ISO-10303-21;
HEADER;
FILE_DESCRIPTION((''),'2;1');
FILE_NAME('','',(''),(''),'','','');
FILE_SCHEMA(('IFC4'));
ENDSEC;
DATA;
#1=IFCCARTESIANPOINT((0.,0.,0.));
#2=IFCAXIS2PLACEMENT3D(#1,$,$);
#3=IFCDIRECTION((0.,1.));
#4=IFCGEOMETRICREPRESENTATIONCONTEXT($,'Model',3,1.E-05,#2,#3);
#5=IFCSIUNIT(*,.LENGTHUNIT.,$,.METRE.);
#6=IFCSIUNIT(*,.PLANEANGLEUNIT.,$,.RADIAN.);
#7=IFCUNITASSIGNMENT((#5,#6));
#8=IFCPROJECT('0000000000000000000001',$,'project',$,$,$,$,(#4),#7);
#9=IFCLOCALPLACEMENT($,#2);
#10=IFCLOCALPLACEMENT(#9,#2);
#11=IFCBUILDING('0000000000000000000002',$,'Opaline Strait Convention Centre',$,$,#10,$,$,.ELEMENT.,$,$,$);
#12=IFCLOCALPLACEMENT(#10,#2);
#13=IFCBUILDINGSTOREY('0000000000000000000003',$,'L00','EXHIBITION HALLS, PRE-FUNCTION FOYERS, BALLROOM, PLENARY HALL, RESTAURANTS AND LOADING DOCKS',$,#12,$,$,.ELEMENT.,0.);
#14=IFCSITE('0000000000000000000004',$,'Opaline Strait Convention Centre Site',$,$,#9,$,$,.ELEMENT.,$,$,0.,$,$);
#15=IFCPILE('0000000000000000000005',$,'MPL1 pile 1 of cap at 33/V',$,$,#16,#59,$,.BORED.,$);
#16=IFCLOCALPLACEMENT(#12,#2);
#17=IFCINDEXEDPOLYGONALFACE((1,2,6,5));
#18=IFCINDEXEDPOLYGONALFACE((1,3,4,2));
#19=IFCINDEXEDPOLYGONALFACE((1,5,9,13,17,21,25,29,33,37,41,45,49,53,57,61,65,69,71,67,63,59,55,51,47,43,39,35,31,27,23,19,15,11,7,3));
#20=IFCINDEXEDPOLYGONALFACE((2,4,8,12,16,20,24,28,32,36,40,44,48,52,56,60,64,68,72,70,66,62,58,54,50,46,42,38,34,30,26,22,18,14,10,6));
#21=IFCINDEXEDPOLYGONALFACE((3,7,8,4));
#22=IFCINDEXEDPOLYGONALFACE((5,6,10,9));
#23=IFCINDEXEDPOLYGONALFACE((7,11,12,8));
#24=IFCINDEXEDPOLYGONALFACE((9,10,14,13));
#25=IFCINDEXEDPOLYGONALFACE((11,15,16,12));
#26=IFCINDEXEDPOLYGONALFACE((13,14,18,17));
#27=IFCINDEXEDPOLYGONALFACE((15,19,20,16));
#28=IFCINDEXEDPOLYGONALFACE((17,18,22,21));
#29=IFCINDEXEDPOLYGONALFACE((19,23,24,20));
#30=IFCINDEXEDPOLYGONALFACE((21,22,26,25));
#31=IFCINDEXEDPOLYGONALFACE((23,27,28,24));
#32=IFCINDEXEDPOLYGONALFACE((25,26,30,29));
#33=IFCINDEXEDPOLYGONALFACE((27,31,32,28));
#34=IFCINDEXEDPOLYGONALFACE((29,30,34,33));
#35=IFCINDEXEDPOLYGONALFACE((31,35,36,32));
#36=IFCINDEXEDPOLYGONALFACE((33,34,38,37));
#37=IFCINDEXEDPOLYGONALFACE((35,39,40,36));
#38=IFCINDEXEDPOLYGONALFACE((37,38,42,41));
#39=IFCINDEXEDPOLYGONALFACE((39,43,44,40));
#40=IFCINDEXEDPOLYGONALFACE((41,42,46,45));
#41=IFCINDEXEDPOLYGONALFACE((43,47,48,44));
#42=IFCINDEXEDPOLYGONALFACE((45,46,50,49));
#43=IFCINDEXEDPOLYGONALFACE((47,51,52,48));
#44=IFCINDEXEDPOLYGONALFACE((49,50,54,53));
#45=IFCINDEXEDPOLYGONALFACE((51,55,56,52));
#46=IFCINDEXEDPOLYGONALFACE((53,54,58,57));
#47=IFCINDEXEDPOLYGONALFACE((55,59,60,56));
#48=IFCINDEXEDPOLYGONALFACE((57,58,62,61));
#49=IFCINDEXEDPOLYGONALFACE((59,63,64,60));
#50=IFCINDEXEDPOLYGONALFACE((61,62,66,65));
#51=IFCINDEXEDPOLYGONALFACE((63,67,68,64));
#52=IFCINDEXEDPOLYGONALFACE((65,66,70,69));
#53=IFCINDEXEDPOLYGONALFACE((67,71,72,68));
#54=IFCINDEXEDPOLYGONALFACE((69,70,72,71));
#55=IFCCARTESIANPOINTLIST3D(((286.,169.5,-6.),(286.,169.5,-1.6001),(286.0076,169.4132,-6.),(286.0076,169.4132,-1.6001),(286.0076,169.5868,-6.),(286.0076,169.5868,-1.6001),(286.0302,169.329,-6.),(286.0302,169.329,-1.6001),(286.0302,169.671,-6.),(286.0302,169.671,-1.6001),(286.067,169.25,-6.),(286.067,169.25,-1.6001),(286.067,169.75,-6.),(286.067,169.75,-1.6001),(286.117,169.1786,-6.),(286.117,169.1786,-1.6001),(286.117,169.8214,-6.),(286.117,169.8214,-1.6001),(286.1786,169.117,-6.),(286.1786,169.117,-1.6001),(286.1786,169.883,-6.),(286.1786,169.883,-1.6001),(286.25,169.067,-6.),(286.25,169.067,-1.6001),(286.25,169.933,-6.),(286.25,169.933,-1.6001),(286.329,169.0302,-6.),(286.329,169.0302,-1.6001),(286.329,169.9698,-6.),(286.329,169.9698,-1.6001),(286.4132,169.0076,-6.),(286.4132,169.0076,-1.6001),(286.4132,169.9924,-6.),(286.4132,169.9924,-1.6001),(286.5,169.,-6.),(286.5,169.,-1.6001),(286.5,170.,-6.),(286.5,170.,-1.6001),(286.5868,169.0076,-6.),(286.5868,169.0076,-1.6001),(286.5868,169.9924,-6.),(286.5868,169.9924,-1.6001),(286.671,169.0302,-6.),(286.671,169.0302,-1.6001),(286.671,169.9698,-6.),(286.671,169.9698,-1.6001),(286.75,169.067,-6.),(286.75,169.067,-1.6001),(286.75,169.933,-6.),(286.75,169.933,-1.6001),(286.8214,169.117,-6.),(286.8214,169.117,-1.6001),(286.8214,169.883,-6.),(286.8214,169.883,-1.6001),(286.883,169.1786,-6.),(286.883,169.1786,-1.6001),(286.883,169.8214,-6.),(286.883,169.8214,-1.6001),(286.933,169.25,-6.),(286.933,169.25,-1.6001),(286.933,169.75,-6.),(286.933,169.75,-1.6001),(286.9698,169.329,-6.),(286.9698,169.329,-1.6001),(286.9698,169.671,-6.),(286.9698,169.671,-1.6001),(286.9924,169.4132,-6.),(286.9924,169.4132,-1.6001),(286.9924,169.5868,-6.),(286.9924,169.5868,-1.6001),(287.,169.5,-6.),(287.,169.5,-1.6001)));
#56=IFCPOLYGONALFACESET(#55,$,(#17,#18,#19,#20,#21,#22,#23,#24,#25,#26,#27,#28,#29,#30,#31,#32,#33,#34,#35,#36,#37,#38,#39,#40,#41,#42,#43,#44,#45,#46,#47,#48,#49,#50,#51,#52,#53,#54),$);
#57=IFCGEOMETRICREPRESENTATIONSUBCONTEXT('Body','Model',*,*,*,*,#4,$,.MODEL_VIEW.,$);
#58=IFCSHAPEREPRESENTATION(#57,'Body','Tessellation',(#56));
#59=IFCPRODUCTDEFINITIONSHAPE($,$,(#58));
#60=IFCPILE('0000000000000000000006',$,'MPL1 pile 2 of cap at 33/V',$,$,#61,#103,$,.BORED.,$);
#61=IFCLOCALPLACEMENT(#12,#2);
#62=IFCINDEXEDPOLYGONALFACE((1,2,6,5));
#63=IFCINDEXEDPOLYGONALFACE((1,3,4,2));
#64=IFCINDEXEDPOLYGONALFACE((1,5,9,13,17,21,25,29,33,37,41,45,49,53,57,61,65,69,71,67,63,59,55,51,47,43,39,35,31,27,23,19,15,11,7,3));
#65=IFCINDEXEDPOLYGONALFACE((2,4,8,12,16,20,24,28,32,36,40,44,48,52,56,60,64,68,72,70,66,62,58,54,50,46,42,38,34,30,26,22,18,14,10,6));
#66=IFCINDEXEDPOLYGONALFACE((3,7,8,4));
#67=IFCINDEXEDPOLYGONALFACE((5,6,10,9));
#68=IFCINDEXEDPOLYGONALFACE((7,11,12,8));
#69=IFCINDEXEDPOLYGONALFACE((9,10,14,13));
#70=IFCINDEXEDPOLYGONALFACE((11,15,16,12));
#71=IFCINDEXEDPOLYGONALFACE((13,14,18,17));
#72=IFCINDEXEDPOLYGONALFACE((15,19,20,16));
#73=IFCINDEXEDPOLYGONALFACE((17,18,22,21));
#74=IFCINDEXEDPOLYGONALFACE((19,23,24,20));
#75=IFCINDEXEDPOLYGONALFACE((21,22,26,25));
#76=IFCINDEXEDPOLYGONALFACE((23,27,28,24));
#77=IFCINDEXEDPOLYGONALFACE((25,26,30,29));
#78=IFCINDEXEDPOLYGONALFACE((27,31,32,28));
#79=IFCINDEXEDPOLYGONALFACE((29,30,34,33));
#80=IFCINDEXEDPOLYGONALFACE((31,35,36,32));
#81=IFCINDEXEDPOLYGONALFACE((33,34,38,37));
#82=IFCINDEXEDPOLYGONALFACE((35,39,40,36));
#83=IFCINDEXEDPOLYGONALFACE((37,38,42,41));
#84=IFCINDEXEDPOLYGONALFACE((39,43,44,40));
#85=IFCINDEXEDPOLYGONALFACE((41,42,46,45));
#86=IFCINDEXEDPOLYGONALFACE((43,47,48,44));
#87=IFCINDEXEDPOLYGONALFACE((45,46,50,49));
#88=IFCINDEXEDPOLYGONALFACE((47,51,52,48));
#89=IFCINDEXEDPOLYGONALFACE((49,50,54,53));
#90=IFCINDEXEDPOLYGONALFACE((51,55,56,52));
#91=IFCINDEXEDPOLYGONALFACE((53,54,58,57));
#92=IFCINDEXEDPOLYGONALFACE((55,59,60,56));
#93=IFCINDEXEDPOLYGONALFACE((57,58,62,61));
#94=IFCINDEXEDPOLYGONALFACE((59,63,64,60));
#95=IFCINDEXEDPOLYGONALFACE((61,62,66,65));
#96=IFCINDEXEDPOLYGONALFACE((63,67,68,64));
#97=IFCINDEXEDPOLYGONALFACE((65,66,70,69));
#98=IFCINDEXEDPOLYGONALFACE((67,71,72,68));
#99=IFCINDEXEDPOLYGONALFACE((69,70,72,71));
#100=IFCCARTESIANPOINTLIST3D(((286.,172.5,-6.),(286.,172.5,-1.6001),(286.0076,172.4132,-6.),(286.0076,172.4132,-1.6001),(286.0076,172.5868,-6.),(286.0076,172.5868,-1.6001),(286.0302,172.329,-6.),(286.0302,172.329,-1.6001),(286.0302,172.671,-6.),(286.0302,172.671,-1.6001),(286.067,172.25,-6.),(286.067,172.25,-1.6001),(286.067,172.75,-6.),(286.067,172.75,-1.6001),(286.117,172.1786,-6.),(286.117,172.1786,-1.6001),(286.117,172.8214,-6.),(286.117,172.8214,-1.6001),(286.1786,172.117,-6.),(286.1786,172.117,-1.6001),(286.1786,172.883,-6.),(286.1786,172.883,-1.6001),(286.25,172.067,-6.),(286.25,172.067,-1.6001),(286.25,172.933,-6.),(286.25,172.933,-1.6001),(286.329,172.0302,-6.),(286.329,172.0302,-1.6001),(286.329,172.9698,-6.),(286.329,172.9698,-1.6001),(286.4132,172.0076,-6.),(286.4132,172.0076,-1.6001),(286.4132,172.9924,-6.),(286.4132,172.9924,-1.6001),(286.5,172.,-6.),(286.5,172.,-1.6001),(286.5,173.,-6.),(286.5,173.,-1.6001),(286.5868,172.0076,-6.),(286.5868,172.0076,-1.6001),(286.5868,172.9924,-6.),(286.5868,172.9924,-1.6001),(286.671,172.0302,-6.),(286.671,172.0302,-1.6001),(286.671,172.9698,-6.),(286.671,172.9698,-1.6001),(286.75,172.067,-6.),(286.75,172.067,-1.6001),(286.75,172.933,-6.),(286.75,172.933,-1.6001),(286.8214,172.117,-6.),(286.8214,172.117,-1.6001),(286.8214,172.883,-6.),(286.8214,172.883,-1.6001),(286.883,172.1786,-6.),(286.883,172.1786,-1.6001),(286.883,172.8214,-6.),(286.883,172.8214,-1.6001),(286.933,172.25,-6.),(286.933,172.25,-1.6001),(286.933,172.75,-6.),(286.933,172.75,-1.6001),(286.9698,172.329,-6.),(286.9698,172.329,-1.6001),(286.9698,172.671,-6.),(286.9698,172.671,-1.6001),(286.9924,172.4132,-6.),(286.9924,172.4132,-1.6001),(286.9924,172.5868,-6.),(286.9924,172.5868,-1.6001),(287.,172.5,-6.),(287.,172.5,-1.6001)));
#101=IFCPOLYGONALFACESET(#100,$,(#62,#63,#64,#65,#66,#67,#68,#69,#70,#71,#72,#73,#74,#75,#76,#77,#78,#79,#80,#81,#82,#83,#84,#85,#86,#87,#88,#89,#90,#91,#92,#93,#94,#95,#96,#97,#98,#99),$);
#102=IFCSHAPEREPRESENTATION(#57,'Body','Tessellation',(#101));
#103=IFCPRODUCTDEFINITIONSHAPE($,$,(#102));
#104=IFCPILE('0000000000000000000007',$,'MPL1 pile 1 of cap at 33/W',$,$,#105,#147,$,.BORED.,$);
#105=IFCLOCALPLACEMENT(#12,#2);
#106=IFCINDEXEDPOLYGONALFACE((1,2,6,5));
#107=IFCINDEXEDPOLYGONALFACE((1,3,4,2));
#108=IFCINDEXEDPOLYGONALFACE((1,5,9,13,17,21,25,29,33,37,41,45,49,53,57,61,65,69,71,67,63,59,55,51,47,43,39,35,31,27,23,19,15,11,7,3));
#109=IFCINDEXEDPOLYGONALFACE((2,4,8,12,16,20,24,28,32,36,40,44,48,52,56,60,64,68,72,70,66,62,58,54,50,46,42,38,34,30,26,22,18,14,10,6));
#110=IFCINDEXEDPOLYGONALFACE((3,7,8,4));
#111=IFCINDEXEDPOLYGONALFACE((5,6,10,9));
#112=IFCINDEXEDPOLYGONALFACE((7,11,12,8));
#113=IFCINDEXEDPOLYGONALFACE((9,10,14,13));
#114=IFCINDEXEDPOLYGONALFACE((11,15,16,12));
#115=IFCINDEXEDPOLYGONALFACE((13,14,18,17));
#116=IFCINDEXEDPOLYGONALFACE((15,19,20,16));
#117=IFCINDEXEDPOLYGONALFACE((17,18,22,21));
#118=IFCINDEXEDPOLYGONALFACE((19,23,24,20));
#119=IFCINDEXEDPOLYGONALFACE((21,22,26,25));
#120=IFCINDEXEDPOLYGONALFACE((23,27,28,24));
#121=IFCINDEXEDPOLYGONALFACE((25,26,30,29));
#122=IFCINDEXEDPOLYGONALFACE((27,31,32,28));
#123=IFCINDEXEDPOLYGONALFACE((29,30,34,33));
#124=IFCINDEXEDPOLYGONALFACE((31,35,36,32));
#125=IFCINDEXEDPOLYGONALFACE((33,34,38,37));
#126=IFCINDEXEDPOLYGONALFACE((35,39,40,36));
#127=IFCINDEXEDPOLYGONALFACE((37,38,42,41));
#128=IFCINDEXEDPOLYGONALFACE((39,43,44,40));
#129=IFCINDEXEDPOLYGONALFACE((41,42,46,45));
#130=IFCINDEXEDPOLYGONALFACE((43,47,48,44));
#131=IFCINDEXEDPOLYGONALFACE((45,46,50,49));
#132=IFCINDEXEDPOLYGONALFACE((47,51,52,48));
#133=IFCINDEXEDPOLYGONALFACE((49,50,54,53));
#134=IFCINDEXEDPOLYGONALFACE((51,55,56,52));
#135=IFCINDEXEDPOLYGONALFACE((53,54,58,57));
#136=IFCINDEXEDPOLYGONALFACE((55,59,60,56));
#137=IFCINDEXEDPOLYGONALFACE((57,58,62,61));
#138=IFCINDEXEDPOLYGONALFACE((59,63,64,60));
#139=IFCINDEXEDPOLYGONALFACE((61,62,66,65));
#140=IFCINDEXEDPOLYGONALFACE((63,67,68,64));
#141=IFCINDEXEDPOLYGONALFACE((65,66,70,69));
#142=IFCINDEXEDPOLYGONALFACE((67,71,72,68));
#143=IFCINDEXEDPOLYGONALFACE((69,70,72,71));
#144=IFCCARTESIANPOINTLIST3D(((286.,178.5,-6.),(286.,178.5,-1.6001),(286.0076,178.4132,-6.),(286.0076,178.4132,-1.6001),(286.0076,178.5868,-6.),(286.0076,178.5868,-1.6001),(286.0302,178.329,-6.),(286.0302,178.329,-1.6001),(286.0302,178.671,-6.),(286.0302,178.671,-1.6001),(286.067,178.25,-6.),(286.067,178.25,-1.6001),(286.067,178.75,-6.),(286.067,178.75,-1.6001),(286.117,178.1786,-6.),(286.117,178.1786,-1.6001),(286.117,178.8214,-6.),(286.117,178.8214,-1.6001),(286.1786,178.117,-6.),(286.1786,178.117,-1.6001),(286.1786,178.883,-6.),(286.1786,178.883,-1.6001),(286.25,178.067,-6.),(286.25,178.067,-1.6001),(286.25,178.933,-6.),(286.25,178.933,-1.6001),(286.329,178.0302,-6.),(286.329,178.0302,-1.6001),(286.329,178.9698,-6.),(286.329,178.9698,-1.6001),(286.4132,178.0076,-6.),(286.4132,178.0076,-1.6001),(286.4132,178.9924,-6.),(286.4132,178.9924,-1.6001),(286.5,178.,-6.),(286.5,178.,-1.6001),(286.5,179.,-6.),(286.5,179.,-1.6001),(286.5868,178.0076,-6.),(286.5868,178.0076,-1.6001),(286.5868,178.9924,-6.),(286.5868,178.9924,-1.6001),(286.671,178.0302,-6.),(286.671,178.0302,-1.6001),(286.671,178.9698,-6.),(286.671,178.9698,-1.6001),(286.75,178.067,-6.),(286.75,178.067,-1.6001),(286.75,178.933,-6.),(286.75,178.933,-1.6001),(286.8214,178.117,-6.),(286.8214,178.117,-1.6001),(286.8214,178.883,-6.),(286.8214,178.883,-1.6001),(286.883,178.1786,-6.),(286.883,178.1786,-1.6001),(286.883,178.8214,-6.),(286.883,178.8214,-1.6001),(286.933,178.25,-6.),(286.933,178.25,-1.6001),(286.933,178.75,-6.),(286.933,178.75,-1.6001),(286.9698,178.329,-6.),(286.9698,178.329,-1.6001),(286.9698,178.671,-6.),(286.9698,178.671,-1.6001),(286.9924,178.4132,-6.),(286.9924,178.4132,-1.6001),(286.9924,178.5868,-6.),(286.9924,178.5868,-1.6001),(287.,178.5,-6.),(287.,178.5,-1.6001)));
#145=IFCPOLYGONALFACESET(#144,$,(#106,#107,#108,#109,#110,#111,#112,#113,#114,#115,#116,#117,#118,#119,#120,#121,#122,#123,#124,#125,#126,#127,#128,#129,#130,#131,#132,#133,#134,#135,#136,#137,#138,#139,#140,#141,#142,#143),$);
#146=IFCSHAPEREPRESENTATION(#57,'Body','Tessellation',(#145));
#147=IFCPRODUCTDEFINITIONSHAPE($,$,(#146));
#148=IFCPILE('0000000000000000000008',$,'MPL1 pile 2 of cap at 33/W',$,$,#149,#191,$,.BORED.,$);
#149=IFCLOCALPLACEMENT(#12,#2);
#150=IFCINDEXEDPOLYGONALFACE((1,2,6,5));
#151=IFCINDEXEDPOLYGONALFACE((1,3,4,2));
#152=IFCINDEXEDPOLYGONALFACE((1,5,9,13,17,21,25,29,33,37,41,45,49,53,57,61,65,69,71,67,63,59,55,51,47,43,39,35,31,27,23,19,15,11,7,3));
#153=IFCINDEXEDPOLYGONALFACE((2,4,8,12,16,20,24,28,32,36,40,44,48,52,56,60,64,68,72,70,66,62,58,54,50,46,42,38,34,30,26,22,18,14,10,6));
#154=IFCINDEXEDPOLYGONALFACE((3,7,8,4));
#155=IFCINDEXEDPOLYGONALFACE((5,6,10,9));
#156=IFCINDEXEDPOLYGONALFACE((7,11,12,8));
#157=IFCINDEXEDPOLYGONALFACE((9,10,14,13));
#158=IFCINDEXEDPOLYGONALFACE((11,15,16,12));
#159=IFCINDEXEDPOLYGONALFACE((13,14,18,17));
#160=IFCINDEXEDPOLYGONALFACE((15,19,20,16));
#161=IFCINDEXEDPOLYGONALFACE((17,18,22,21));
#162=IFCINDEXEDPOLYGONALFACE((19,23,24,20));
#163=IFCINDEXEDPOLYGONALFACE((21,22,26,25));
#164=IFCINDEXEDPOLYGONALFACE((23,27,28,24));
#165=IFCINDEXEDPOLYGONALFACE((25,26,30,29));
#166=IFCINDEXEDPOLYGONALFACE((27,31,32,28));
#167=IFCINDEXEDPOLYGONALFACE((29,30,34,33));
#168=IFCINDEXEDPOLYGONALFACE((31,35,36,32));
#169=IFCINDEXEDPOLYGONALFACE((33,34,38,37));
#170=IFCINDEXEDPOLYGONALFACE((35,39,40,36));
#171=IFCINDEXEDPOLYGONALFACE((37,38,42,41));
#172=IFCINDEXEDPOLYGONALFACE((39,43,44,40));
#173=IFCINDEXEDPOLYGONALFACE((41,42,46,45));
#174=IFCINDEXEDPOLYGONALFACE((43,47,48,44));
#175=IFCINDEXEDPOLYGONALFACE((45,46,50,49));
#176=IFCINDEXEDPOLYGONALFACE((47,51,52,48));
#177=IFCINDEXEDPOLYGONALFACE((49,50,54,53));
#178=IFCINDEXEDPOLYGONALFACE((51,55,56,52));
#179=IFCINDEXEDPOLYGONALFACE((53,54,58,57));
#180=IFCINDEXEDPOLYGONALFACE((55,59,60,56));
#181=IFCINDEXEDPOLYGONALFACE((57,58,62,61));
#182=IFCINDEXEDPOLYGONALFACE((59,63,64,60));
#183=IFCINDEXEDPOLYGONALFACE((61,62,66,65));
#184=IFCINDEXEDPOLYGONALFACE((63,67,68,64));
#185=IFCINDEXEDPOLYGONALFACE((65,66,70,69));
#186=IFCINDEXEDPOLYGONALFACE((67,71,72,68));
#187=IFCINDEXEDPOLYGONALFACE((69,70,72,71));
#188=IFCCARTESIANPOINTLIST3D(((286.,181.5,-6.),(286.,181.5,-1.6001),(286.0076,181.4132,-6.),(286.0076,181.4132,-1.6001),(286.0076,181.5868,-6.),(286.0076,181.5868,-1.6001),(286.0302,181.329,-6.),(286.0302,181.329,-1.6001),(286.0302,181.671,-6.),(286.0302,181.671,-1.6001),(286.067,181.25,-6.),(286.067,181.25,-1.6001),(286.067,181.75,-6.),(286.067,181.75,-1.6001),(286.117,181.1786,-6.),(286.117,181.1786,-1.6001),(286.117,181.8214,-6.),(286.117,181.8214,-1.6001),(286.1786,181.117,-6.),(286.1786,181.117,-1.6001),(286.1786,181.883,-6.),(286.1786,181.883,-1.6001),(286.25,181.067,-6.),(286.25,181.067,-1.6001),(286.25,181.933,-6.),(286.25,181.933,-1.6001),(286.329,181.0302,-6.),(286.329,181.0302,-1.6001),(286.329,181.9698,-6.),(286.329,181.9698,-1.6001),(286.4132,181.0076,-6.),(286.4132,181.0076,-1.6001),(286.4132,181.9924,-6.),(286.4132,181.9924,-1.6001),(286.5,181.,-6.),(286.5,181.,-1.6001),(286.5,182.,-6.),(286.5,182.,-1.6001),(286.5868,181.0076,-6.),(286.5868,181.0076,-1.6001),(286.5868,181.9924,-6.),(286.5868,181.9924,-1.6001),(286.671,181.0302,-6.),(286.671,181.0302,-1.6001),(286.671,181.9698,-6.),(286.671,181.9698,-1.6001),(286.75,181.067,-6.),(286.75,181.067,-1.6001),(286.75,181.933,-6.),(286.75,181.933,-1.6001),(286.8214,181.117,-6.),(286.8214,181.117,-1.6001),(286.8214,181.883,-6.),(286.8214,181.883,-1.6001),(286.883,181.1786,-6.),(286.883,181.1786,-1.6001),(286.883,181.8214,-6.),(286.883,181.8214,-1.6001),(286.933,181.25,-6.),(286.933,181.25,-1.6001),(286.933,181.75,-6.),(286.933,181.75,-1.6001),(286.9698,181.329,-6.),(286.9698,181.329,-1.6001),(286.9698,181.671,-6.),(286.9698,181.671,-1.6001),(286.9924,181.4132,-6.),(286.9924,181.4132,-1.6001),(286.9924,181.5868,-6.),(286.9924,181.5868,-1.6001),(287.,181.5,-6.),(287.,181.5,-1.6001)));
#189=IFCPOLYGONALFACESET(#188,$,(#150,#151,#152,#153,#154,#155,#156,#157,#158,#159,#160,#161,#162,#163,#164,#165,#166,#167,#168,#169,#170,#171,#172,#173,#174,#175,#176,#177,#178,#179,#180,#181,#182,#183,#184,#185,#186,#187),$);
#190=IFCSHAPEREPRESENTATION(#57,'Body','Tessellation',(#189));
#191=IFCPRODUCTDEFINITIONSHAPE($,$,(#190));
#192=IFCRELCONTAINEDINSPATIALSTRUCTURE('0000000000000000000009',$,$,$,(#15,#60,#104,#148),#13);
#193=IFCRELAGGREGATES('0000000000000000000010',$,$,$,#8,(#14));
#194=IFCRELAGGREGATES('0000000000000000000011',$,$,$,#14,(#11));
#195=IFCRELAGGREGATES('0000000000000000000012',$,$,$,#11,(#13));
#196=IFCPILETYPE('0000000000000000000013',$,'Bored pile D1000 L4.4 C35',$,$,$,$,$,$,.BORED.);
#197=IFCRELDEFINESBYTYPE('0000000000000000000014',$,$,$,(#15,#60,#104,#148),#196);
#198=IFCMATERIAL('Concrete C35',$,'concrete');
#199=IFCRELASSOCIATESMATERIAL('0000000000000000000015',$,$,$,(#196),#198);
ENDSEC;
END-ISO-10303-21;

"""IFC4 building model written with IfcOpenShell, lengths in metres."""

from ifc_helpers import new_model, si_unit, direction, frame, origin, origin_2d, place, context, subcontext, project, spatial, circle, extrude, material, material_profile, profile_set, type_object, element, save


model = new_model("IFC4")

# Units and contexts
model_context = context("Model", 3, precision=1e-05, world=origin(), true_north=direction((0.0, 1.0)))
body_context = subcontext(model_context, "Body", "Model", "MODEL_VIEW")
ifc_project = project(units=[si_unit("LENGTHUNIT", "METRE"), si_unit("PLANEANGLEUNIT", "RADIAN")], contexts=[model_context])

# Site, building, storey
site_placement = place(None, origin())
site = spatial("IfcSite", under=ifc_project, at=site_placement, Name="Opaline Strait Convention Centre Site", CompositionType="ELEMENT", RefElevation=0.0)
building_placement = place(site_placement, origin())
building = spatial("IfcBuilding", under=site, at=building_placement, Name="Opaline Strait Convention Centre", CompositionType="ELEMENT")
storey_placement = place(building_placement, origin())
storey = spatial("IfcBuildingStorey", under=building, at=storey_placement, Name="L00", Description="EXHIBITION HALLS, PRE-FUNCTION FOYERS, BALLROOM, PLENARY HALL, RESTAURANTS AND LOADING DOCKS", CompositionType="ELEMENT", Elevation=0.0)

# Piles
ifc_material_1 = material(Name="Concrete C35", Category="concrete")
ifc_material_profile = material_profile(ifc_material_1, circle(Radius=0.5, at=origin_2d()), Name="D1000")
ifc_profile_set = profile_set([ifc_material_profile], Name="Concrete C35")
pile_type = type_object("IfcPileType", Name="Bored pile D1000 L4.4 C35", PredefinedType="BORED", material=ifc_profile_set)
for number, where, z_axis, x_axis, name in (
    (1, (286.5, 169.5, -1.6001), (0.0, 0.0, -1.0), (1.0, 0.0, 0.0), "MPL1 pile 1 of cap at 33/V"),
    (2, (286.5, 172.5, -1.6001), (0.0, 0.0, -1.0), (1.0, 0.0, 0.0), "MPL1 pile 2 of cap at 33/V"),
    (3, (286.5, 178.5, -1.6001), (0.0, 0.0, -1.0), (1.0, 0.0, 0.0), "MPL1 pile 1 of cap at 33/W"),
    (4, (286.5, 181.5, -1.6001), (0.0, 0.0, -1.0), (1.0, 0.0, 0.0), "MPL1 pile 2 of cap at 33/W"),
):
    element("IfcPile", number, at=place(storey_placement, frame(where, z_axis=z_axis, x_axis=x_axis)), inside=storey, type_object=pile_type, Name=name, PredefinedType="BORED", context=body_context, shape_type="SweptSolid", body=[
        extrude(circle(Radius=0.5, at=origin_2d()), origin(), (0.0, 0.0, 1.0), 4.3999),
    ])

save(model, "model.ifc")
